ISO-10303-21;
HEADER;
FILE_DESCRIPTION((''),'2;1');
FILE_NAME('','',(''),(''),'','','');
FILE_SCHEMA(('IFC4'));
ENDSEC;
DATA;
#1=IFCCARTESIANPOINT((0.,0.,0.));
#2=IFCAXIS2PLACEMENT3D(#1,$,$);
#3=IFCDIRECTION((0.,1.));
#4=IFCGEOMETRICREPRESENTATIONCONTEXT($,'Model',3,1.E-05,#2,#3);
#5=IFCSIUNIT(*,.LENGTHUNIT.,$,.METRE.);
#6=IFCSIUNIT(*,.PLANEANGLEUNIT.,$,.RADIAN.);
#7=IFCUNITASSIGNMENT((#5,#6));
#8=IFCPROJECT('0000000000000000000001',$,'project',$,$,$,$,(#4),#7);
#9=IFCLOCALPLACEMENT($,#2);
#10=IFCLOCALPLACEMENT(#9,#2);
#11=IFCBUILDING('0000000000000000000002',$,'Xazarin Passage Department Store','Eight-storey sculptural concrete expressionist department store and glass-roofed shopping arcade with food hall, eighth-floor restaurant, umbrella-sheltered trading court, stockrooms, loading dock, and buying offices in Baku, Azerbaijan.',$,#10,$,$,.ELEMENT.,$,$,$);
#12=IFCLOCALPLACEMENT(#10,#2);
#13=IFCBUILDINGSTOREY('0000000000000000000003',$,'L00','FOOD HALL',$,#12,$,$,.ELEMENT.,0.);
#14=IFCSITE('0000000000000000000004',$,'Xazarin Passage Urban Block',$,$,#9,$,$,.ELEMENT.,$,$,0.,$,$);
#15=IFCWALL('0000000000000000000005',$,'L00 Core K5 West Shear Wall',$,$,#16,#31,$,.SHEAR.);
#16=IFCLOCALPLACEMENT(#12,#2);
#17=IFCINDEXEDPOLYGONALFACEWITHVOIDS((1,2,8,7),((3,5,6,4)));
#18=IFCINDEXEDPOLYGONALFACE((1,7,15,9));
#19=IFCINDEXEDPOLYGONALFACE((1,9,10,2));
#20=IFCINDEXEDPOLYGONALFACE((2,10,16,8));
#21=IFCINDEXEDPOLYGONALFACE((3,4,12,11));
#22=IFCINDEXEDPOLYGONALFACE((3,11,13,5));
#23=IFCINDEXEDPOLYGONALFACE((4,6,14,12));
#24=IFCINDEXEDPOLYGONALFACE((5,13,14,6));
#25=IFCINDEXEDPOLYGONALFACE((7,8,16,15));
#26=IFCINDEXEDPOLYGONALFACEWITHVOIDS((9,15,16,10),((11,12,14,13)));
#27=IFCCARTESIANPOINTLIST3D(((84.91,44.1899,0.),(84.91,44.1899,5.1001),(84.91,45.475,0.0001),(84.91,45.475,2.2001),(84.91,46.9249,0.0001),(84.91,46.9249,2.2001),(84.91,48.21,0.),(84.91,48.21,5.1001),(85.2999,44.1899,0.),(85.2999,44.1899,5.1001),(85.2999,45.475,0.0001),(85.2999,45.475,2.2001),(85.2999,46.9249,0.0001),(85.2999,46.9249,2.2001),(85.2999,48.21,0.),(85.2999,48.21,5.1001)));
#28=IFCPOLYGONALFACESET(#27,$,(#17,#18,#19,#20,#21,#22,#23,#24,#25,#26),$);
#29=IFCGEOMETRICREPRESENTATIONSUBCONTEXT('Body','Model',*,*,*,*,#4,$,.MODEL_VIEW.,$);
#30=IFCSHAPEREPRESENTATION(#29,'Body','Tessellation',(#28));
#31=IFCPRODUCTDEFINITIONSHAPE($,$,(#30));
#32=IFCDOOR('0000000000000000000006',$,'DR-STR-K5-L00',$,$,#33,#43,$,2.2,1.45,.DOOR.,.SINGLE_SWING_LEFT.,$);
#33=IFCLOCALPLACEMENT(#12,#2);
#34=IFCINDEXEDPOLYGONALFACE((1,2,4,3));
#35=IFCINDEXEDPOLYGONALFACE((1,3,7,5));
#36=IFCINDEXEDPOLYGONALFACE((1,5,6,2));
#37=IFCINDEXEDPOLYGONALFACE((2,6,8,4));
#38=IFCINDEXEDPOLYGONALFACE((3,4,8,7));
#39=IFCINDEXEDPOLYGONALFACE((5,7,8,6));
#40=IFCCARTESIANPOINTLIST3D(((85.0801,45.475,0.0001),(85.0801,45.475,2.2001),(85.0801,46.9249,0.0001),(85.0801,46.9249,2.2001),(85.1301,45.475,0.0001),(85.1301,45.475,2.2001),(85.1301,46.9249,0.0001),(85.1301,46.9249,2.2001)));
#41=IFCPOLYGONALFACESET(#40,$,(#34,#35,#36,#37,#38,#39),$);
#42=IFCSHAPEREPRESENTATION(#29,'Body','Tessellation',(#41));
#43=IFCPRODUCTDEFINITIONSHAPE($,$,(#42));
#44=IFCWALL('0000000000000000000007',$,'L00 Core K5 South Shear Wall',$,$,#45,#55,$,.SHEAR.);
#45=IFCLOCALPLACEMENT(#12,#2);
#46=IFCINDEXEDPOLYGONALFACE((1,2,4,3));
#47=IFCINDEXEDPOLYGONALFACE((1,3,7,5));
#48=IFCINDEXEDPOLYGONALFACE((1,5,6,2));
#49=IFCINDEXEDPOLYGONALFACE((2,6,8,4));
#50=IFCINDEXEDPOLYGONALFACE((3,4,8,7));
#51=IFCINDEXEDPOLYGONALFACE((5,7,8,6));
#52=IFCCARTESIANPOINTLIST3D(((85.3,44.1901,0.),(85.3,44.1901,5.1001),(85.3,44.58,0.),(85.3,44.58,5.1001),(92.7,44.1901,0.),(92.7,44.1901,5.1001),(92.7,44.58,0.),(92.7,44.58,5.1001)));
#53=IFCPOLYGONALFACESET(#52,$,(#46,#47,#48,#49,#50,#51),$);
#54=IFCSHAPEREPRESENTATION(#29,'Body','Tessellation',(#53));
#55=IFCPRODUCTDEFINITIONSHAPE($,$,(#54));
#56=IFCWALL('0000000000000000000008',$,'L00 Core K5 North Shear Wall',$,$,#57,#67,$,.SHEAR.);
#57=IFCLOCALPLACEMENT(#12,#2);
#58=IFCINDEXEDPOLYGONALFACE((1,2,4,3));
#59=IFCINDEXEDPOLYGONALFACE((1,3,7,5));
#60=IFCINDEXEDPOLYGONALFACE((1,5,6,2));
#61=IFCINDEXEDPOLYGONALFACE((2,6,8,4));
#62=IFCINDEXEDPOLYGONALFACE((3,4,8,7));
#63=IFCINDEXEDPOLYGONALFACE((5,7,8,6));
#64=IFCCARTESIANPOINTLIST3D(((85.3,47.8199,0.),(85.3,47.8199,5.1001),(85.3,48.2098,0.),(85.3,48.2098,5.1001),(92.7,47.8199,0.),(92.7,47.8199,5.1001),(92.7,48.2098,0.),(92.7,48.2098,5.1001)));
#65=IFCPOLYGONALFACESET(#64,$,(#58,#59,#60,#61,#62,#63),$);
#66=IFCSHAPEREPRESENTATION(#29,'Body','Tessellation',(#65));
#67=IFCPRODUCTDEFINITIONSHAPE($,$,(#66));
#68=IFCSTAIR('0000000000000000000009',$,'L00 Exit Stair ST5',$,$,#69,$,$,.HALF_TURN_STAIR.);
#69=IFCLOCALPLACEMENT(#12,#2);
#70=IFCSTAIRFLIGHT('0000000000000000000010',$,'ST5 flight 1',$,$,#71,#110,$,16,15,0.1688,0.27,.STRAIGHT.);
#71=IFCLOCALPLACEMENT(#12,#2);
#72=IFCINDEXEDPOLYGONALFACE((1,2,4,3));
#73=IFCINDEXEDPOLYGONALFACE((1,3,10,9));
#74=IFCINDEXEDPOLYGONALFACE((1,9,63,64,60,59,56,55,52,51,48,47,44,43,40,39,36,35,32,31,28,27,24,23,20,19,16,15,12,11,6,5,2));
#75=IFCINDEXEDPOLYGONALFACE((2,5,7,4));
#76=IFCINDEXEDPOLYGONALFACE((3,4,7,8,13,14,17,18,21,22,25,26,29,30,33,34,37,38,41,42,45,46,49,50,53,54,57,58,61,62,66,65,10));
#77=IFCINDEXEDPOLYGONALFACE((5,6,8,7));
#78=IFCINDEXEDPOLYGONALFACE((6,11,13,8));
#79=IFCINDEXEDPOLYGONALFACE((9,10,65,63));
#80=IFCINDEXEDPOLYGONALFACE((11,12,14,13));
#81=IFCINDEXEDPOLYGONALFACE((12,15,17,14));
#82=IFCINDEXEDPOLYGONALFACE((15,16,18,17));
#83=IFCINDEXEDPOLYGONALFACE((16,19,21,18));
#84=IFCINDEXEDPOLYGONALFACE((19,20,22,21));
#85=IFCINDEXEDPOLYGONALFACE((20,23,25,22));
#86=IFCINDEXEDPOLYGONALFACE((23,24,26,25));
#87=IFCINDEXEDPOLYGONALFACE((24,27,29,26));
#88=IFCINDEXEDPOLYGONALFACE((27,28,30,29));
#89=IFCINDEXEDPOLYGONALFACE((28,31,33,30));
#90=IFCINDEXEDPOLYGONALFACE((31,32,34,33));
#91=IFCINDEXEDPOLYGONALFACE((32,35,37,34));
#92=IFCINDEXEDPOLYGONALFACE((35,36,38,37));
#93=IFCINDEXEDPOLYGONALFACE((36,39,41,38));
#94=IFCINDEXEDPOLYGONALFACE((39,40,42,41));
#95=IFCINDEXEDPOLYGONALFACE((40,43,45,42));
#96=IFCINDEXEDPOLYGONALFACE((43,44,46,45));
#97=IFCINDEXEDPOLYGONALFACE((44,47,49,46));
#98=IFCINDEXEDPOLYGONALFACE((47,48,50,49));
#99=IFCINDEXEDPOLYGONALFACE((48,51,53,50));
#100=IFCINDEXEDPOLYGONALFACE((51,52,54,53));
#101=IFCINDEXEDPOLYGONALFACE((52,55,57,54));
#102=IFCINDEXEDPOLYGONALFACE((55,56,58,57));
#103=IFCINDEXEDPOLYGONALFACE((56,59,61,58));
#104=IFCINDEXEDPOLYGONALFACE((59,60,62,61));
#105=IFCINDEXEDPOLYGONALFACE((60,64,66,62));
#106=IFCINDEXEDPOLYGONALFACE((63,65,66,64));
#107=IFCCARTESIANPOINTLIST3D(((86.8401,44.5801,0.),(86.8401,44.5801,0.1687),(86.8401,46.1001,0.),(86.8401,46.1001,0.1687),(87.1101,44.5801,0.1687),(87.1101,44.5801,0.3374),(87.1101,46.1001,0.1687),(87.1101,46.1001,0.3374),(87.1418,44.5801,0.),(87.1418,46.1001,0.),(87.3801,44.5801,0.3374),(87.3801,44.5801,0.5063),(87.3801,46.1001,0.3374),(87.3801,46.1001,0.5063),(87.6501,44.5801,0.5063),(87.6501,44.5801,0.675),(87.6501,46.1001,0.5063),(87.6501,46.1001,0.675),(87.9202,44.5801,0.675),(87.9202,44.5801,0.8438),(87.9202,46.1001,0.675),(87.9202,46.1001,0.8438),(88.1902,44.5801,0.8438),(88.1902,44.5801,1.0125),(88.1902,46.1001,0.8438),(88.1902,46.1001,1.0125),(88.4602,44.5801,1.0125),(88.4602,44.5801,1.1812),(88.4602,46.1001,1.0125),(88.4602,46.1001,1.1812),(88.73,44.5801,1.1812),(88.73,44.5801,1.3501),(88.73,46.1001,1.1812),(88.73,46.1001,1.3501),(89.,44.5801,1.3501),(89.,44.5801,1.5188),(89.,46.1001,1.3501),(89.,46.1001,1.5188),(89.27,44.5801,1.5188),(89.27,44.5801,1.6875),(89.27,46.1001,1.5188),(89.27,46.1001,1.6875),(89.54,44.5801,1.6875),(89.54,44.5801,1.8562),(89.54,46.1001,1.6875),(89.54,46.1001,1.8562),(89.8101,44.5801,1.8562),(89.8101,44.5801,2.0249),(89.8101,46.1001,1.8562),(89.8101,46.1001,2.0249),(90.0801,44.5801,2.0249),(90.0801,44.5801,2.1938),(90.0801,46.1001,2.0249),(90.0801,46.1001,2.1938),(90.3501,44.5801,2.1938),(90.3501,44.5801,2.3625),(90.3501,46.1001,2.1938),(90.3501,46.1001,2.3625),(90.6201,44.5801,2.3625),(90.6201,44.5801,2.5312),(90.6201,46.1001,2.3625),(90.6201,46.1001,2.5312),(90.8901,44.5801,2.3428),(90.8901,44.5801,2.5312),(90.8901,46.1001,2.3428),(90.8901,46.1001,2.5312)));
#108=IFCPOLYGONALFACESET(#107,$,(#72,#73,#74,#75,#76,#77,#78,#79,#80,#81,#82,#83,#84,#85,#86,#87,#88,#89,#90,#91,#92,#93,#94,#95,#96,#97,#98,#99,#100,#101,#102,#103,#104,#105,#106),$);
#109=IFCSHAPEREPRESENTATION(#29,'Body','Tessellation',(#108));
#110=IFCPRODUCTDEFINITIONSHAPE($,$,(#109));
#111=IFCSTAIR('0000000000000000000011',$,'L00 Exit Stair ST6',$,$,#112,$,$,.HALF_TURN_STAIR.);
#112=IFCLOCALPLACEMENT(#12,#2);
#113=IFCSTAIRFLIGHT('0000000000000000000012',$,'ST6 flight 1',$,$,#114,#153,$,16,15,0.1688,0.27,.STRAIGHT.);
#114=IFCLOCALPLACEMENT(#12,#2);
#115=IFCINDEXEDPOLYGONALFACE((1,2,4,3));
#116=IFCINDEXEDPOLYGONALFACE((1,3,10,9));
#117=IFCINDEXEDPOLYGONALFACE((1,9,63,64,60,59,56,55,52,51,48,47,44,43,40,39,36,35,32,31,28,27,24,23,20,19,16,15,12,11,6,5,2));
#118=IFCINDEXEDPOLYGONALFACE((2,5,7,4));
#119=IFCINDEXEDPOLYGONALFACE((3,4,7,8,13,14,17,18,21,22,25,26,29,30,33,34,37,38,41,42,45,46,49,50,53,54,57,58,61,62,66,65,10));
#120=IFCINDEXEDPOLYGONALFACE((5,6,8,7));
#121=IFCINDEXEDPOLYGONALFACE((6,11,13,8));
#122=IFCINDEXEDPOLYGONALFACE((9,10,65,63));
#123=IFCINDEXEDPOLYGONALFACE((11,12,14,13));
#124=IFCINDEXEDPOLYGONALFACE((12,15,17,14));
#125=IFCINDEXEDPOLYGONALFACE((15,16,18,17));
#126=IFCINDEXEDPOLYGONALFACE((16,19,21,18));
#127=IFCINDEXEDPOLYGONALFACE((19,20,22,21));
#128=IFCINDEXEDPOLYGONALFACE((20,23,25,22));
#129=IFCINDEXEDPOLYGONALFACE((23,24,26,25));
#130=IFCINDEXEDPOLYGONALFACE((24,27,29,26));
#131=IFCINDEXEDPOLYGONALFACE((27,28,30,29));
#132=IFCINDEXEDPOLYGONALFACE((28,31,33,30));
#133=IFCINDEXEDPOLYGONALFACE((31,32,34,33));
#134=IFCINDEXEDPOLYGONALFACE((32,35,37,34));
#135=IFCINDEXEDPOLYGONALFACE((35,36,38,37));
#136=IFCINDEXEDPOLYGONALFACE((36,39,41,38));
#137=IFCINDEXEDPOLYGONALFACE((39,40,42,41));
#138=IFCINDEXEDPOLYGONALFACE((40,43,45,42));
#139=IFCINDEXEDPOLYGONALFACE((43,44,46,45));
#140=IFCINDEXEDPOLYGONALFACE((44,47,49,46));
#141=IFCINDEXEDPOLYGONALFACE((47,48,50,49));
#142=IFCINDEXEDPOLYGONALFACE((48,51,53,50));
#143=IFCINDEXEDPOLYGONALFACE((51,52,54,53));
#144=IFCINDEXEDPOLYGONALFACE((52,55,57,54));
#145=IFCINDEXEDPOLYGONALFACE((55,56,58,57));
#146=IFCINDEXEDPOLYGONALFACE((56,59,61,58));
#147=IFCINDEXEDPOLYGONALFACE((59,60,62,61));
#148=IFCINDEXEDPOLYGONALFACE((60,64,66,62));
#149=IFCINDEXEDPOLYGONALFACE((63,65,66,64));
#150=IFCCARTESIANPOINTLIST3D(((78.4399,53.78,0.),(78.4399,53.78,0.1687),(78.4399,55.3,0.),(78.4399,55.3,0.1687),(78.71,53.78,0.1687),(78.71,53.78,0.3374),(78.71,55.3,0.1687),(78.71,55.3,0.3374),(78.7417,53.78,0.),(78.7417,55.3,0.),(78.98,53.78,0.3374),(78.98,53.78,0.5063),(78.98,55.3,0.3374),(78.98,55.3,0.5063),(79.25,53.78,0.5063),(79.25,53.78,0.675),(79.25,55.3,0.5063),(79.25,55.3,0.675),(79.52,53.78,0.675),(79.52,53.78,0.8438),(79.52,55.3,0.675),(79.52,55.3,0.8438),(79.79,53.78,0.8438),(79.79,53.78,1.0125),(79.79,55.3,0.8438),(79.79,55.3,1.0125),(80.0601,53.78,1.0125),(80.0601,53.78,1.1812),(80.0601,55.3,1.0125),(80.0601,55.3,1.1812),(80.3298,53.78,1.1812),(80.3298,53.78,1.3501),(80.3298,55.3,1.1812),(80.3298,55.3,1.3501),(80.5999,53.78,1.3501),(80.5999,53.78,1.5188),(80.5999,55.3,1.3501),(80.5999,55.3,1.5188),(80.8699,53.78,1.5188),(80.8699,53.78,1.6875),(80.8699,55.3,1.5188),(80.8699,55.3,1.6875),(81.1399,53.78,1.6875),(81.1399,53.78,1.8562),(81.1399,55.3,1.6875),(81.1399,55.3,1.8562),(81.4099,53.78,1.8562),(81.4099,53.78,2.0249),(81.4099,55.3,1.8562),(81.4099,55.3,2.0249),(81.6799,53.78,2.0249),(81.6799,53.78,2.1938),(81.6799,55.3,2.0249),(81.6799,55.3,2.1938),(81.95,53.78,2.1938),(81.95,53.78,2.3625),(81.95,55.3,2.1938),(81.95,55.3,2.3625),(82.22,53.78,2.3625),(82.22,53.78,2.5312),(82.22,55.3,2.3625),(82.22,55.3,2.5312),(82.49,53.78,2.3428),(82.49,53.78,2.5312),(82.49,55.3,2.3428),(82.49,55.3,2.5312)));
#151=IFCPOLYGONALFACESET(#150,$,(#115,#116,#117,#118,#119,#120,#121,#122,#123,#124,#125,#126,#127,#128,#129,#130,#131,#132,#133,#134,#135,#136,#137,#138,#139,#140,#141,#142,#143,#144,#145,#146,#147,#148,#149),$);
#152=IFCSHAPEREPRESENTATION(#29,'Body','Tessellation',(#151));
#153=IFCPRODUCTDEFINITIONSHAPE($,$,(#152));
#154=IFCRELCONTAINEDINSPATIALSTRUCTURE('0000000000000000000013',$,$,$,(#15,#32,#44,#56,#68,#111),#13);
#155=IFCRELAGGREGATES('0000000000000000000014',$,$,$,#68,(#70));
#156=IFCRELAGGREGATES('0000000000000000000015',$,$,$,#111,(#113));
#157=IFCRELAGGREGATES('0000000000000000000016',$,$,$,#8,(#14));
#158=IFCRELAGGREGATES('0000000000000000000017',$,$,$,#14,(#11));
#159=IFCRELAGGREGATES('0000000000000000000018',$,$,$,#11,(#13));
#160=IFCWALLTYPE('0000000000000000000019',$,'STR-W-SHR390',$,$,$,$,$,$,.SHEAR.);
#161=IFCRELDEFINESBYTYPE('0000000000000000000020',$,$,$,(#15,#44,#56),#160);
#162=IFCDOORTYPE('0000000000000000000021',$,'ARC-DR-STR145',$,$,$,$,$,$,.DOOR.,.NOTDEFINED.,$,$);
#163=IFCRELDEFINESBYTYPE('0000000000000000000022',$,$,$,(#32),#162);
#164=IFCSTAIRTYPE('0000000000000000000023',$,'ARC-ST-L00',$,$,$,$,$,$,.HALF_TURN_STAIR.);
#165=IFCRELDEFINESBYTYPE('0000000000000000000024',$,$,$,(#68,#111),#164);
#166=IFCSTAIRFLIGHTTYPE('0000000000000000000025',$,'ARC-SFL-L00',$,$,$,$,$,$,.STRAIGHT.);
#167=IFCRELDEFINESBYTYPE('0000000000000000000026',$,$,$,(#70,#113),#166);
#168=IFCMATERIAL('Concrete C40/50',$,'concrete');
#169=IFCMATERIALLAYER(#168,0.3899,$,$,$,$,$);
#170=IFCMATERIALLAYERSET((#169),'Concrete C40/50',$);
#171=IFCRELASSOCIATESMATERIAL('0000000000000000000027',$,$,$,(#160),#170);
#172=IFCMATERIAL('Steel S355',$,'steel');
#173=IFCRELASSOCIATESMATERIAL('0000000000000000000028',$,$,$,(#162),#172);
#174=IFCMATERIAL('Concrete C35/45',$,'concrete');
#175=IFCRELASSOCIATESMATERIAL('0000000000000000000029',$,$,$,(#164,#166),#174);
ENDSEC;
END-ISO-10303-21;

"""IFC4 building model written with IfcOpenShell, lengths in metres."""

from ifc_helpers import new_model, si_unit, direction, frame, frame_2d, origin, place, context, subcontext, project, spatial, polyline, rectangle, outline, extrude, material, layer, layer_set, type_object, element, fill, aggregate, save


model = new_model("IFC4")

# Units and contexts
model_context = context("Model", 3, precision=1e-05, world=origin(), true_north=direction((0.0, 1.0)))
body_context = subcontext(model_context, "Body", "Model", "MODEL_VIEW")
ifc_project = project(units=[si_unit("LENGTHUNIT", "METRE"), si_unit("PLANEANGLEUNIT", "RADIAN")], contexts=[model_context])

# Site, building, storey
site_placement = place(None, origin())
site = spatial("IfcSite", under=ifc_project, at=site_placement, Name="Xazarin Passage Urban Block", CompositionType="ELEMENT", RefElevation=0.0)
building_placement = place(site_placement, origin())
building = spatial("IfcBuilding", under=site, at=building_placement, Name="Xazarin Passage Department Store", Description="Eight-storey sculptural concrete expressionist department store and glass-roofed shopping arcade with food hall, eighth-floor restaurant, umbrella-sheltered trading court, stockrooms, loading dock, and buying offices in Baku, Azerbaijan.", CompositionType="ELEMENT")
storey_placement = place(building_placement, origin())
storey = spatial("IfcBuildingStorey", under=building, at=storey_placement, Name="L00", Description="FOOD HALL", CompositionType="ELEMENT", Elevation=0.0)

# Shared definitions
ifc_material_1 = material(Name="Concrete C35/45", Category="concrete")

# Shared definitions
ifc_material_2 = material(Name="Concrete C40/50", Category="concrete")

# Wall, opening, door
ifc_layer_1 = layer(ifc_material_2, 0.3899)
ifc_layer_set_1 = layer_set([ifc_layer_1], Name="Concrete C40/50")
wall_type_1 = type_object("IfcWallType", Name="STR-W-SHR390", PredefinedType="SHEAR", material=ifc_layer_set_1)
wall_1_placement = place(storey_placement, frame((85.105, 44.1899, 0.0), z_axis=(0.0, 0.0, 1.0), x_axis=(0.0, 1.0, 0.0)))
wall_1 = element("IfcWall", 1, at=wall_1_placement, inside=storey, type_object=wall_type_1, Name="L00 Core K5 West Shear Wall", PredefinedType="SHEAR", context=body_context, shape_type="SweptSolid", body=[
    extrude(rectangle(XDim=4.02, YDim=0.3899, at=frame_2d((2.01, 0.0))), origin(), (0.0, 0.0, 1.0), 5.1001),
])
opening_placement = place(wall_1_placement, frame((1.2849, 0.0, 0.0)))
opening = element("IfcOpeningElement", 2, at=opening_placement, cuts=wall_1, PredefinedType="OPENING", context=body_context, shape_type="SweptSolid", body=[
    extrude(rectangle(XDim=1.45, YDim=2.2, at=frame_2d((0.7251, 1.1001))), frame((0.0, 0.2048, 0.0), z_axis=(0.0, -1.0, 0.0), x_axis=(1.0, 0.0, 0.0)), (0.0, 0.0, 1.0), 0.4099),
])
ifc_material_3 = material(Name="Steel S355", Category="steel")
door_type = type_object("IfcDoorType", Name="ARC-DR-STR145", OperationType="NOTDEFINED", PredefinedType="DOOR", material=ifc_material_3)
door_placement = place(opening_placement, origin())
door = element("IfcDoor", 3, at=door_placement, inside=storey, type_object=door_type, Name="DR-STR-K5-L00", OperationType="SINGLE_SWING_LEFT", OverallHeight=2.2, OverallWidth=1.45, PredefinedType="DOOR", context=body_context, shape_type="SweptSolid", body=[
    extrude(rectangle(XDim=1.45, YDim=2.2, at=frame_2d((0.7251, 1.1001))), frame((0.0, 0.0249, 0.0), z_axis=(0.0, -1.0, 0.0), x_axis=(1.0, 0.0, 0.0)), (0.0, 0.0, 1.0), 0.05),
])
fill(opening, door)

# Walls
for number, where, z_axis, x_axis, name in (
    (4, (85.3, 44.385, 0.0), (0.0, 0.0, 1.0), (1.0, 0.0, 0.0), "L00 Core K5 South Shear Wall"),
    (5, (85.3, 48.0149, 0.0), (0.0, 0.0, 1.0), (1.0, 0.0, 0.0), "L00 Core K5 North Shear Wall"),
):
    element("IfcWall", number, at=place(storey_placement, frame(where, z_axis=z_axis, x_axis=x_axis)), inside=storey, type_object=wall_type_1, Name=name, PredefinedType="SHEAR", context=body_context, shape_type="SweptSolid", body=[
        extrude(rectangle(XDim=7.3999, YDim=0.3899, at=frame_2d((3.7, 0.0))), origin(), (0.0, 0.0, 1.0), 5.1001),
    ])

# Stairs, stair flights
stair_type = type_object("IfcStairType", Name="ARC-ST-L00", PredefinedType="HALF_TURN_STAIR", material=ifc_material_1)
stair_1_placement = place(storey_placement, origin())
stair_1 = element("IfcStair", 6, at=stair_1_placement, inside=storey, type_object=stair_type, Name="L00 Exit Stair ST5", PredefinedType="HALF_TURN_STAIR")
stair_flight_type = type_object("IfcStairFlightType", Name="ARC-SFL-L00", PredefinedType="STRAIGHT", material=ifc_material_1)
stair_flight_1_placement = place(storey_placement, frame((86.8401, 45.3401, 0.0), z_axis=(0.0, 0.0, 1.0), x_axis=(1.0, 0.0, 0.0)))
stair_flight_1 = element("IfcStairFlight", 7, at=stair_flight_1_placement, type_object=stair_flight_type, Name="ST5 flight 1", NumberOfRisers=16, NumberOfTreads=15, PredefinedType="STRAIGHT", RiserHeight=0.1688, TreadLength=0.27, context=body_context, shape_type="SweptSolid", body=[
    extrude(outline(polyline([(0.0, 0.0), (0.0, 0.1687), (0.27, 0.1687), (0.27, 0.3374), (0.54, 0.3374), (0.54, 0.5063), (0.8101, 0.5063), (0.8101, 0.675), (1.0801, 0.675), (1.0801, 0.8438), (1.3501, 0.8438), (1.3501, 1.0125), (1.6201, 1.0125), (1.6201, 1.1812), (1.8899, 1.1812), (1.8899, 1.3501), (2.1599, 1.3501), (2.1599, 1.5188), (2.4299, 1.5188), (2.4299, 1.6875), (2.7, 1.6875), (2.7, 1.8562), (2.97, 1.8562), (2.97, 2.0249), (3.24, 2.0249), (3.24, 2.1938), (3.51, 2.1938), (3.51, 2.3625), (3.78, 2.3625), (3.78, 2.5312), (4.05, 2.5312), (4.05, 2.7), (4.05, 2.3428), (0.3018, 0.0), (0.0, 0.0)])), frame((0.0, 0.76, 0.0), z_axis=(0.0, -1.0, 0.0), x_axis=(1.0, 0.0, 0.0)), (0.0, 0.0, 1.0), 1.52),
])
aggregate(stair_1, [stair_flight_1])
stair_2_placement = place(storey_placement, origin())
stair_2 = element("IfcStair", 8, at=stair_2_placement, inside=storey, type_object=stair_type, Name="L00 Exit Stair ST6", PredefinedType="HALF_TURN_STAIR")
stair_flight_2_placement = place(storey_placement, frame((78.4399, 54.54, 0.0), z_axis=(0.0, 0.0, 1.0), x_axis=(1.0, 0.0, 0.0)))
stair_flight_2 = element("IfcStairFlight", 9, at=stair_flight_2_placement, type_object=stair_flight_type, Name="ST6 flight 1", NumberOfRisers=16, NumberOfTreads=15, PredefinedType="STRAIGHT", RiserHeight=0.1688, TreadLength=0.27, context=body_context, shape_type="SweptSolid", body=[
    extrude(outline(polyline([(0.0, 0.0), (0.0, 0.1687), (0.27, 0.1687), (0.27, 0.3374), (0.54, 0.3374), (0.54, 0.5063), (0.8101, 0.5063), (0.8101, 0.675), (1.0801, 0.675), (1.0801, 0.8438), (1.3501, 0.8438), (1.3501, 1.0125), (1.6201, 1.0125), (1.6201, 1.1812), (1.8899, 1.1812), (1.8899, 1.3501), (2.1599, 1.3501), (2.1599, 1.5188), (2.4299, 1.5188), (2.4299, 1.6875), (2.7, 1.6875), (2.7, 1.8562), (2.97, 1.8562), (2.97, 2.0249), (3.24, 2.0249), (3.24, 2.1938), (3.51, 2.1938), (3.51, 2.3625), (3.78, 2.3625), (3.78, 2.5312), (4.05, 2.5312), (4.05, 2.7), (4.05, 2.3428), (0.3018, 0.0), (0.0, 0.0)])), frame((0.0, 0.76, 0.0), z_axis=(0.0, -1.0, 0.0), x_axis=(1.0, 0.0, 0.0)), (0.0, 0.0, 1.0), 1.52),
])
aggregate(stair_2, [stair_flight_2])

save(model, "model.ifc")
